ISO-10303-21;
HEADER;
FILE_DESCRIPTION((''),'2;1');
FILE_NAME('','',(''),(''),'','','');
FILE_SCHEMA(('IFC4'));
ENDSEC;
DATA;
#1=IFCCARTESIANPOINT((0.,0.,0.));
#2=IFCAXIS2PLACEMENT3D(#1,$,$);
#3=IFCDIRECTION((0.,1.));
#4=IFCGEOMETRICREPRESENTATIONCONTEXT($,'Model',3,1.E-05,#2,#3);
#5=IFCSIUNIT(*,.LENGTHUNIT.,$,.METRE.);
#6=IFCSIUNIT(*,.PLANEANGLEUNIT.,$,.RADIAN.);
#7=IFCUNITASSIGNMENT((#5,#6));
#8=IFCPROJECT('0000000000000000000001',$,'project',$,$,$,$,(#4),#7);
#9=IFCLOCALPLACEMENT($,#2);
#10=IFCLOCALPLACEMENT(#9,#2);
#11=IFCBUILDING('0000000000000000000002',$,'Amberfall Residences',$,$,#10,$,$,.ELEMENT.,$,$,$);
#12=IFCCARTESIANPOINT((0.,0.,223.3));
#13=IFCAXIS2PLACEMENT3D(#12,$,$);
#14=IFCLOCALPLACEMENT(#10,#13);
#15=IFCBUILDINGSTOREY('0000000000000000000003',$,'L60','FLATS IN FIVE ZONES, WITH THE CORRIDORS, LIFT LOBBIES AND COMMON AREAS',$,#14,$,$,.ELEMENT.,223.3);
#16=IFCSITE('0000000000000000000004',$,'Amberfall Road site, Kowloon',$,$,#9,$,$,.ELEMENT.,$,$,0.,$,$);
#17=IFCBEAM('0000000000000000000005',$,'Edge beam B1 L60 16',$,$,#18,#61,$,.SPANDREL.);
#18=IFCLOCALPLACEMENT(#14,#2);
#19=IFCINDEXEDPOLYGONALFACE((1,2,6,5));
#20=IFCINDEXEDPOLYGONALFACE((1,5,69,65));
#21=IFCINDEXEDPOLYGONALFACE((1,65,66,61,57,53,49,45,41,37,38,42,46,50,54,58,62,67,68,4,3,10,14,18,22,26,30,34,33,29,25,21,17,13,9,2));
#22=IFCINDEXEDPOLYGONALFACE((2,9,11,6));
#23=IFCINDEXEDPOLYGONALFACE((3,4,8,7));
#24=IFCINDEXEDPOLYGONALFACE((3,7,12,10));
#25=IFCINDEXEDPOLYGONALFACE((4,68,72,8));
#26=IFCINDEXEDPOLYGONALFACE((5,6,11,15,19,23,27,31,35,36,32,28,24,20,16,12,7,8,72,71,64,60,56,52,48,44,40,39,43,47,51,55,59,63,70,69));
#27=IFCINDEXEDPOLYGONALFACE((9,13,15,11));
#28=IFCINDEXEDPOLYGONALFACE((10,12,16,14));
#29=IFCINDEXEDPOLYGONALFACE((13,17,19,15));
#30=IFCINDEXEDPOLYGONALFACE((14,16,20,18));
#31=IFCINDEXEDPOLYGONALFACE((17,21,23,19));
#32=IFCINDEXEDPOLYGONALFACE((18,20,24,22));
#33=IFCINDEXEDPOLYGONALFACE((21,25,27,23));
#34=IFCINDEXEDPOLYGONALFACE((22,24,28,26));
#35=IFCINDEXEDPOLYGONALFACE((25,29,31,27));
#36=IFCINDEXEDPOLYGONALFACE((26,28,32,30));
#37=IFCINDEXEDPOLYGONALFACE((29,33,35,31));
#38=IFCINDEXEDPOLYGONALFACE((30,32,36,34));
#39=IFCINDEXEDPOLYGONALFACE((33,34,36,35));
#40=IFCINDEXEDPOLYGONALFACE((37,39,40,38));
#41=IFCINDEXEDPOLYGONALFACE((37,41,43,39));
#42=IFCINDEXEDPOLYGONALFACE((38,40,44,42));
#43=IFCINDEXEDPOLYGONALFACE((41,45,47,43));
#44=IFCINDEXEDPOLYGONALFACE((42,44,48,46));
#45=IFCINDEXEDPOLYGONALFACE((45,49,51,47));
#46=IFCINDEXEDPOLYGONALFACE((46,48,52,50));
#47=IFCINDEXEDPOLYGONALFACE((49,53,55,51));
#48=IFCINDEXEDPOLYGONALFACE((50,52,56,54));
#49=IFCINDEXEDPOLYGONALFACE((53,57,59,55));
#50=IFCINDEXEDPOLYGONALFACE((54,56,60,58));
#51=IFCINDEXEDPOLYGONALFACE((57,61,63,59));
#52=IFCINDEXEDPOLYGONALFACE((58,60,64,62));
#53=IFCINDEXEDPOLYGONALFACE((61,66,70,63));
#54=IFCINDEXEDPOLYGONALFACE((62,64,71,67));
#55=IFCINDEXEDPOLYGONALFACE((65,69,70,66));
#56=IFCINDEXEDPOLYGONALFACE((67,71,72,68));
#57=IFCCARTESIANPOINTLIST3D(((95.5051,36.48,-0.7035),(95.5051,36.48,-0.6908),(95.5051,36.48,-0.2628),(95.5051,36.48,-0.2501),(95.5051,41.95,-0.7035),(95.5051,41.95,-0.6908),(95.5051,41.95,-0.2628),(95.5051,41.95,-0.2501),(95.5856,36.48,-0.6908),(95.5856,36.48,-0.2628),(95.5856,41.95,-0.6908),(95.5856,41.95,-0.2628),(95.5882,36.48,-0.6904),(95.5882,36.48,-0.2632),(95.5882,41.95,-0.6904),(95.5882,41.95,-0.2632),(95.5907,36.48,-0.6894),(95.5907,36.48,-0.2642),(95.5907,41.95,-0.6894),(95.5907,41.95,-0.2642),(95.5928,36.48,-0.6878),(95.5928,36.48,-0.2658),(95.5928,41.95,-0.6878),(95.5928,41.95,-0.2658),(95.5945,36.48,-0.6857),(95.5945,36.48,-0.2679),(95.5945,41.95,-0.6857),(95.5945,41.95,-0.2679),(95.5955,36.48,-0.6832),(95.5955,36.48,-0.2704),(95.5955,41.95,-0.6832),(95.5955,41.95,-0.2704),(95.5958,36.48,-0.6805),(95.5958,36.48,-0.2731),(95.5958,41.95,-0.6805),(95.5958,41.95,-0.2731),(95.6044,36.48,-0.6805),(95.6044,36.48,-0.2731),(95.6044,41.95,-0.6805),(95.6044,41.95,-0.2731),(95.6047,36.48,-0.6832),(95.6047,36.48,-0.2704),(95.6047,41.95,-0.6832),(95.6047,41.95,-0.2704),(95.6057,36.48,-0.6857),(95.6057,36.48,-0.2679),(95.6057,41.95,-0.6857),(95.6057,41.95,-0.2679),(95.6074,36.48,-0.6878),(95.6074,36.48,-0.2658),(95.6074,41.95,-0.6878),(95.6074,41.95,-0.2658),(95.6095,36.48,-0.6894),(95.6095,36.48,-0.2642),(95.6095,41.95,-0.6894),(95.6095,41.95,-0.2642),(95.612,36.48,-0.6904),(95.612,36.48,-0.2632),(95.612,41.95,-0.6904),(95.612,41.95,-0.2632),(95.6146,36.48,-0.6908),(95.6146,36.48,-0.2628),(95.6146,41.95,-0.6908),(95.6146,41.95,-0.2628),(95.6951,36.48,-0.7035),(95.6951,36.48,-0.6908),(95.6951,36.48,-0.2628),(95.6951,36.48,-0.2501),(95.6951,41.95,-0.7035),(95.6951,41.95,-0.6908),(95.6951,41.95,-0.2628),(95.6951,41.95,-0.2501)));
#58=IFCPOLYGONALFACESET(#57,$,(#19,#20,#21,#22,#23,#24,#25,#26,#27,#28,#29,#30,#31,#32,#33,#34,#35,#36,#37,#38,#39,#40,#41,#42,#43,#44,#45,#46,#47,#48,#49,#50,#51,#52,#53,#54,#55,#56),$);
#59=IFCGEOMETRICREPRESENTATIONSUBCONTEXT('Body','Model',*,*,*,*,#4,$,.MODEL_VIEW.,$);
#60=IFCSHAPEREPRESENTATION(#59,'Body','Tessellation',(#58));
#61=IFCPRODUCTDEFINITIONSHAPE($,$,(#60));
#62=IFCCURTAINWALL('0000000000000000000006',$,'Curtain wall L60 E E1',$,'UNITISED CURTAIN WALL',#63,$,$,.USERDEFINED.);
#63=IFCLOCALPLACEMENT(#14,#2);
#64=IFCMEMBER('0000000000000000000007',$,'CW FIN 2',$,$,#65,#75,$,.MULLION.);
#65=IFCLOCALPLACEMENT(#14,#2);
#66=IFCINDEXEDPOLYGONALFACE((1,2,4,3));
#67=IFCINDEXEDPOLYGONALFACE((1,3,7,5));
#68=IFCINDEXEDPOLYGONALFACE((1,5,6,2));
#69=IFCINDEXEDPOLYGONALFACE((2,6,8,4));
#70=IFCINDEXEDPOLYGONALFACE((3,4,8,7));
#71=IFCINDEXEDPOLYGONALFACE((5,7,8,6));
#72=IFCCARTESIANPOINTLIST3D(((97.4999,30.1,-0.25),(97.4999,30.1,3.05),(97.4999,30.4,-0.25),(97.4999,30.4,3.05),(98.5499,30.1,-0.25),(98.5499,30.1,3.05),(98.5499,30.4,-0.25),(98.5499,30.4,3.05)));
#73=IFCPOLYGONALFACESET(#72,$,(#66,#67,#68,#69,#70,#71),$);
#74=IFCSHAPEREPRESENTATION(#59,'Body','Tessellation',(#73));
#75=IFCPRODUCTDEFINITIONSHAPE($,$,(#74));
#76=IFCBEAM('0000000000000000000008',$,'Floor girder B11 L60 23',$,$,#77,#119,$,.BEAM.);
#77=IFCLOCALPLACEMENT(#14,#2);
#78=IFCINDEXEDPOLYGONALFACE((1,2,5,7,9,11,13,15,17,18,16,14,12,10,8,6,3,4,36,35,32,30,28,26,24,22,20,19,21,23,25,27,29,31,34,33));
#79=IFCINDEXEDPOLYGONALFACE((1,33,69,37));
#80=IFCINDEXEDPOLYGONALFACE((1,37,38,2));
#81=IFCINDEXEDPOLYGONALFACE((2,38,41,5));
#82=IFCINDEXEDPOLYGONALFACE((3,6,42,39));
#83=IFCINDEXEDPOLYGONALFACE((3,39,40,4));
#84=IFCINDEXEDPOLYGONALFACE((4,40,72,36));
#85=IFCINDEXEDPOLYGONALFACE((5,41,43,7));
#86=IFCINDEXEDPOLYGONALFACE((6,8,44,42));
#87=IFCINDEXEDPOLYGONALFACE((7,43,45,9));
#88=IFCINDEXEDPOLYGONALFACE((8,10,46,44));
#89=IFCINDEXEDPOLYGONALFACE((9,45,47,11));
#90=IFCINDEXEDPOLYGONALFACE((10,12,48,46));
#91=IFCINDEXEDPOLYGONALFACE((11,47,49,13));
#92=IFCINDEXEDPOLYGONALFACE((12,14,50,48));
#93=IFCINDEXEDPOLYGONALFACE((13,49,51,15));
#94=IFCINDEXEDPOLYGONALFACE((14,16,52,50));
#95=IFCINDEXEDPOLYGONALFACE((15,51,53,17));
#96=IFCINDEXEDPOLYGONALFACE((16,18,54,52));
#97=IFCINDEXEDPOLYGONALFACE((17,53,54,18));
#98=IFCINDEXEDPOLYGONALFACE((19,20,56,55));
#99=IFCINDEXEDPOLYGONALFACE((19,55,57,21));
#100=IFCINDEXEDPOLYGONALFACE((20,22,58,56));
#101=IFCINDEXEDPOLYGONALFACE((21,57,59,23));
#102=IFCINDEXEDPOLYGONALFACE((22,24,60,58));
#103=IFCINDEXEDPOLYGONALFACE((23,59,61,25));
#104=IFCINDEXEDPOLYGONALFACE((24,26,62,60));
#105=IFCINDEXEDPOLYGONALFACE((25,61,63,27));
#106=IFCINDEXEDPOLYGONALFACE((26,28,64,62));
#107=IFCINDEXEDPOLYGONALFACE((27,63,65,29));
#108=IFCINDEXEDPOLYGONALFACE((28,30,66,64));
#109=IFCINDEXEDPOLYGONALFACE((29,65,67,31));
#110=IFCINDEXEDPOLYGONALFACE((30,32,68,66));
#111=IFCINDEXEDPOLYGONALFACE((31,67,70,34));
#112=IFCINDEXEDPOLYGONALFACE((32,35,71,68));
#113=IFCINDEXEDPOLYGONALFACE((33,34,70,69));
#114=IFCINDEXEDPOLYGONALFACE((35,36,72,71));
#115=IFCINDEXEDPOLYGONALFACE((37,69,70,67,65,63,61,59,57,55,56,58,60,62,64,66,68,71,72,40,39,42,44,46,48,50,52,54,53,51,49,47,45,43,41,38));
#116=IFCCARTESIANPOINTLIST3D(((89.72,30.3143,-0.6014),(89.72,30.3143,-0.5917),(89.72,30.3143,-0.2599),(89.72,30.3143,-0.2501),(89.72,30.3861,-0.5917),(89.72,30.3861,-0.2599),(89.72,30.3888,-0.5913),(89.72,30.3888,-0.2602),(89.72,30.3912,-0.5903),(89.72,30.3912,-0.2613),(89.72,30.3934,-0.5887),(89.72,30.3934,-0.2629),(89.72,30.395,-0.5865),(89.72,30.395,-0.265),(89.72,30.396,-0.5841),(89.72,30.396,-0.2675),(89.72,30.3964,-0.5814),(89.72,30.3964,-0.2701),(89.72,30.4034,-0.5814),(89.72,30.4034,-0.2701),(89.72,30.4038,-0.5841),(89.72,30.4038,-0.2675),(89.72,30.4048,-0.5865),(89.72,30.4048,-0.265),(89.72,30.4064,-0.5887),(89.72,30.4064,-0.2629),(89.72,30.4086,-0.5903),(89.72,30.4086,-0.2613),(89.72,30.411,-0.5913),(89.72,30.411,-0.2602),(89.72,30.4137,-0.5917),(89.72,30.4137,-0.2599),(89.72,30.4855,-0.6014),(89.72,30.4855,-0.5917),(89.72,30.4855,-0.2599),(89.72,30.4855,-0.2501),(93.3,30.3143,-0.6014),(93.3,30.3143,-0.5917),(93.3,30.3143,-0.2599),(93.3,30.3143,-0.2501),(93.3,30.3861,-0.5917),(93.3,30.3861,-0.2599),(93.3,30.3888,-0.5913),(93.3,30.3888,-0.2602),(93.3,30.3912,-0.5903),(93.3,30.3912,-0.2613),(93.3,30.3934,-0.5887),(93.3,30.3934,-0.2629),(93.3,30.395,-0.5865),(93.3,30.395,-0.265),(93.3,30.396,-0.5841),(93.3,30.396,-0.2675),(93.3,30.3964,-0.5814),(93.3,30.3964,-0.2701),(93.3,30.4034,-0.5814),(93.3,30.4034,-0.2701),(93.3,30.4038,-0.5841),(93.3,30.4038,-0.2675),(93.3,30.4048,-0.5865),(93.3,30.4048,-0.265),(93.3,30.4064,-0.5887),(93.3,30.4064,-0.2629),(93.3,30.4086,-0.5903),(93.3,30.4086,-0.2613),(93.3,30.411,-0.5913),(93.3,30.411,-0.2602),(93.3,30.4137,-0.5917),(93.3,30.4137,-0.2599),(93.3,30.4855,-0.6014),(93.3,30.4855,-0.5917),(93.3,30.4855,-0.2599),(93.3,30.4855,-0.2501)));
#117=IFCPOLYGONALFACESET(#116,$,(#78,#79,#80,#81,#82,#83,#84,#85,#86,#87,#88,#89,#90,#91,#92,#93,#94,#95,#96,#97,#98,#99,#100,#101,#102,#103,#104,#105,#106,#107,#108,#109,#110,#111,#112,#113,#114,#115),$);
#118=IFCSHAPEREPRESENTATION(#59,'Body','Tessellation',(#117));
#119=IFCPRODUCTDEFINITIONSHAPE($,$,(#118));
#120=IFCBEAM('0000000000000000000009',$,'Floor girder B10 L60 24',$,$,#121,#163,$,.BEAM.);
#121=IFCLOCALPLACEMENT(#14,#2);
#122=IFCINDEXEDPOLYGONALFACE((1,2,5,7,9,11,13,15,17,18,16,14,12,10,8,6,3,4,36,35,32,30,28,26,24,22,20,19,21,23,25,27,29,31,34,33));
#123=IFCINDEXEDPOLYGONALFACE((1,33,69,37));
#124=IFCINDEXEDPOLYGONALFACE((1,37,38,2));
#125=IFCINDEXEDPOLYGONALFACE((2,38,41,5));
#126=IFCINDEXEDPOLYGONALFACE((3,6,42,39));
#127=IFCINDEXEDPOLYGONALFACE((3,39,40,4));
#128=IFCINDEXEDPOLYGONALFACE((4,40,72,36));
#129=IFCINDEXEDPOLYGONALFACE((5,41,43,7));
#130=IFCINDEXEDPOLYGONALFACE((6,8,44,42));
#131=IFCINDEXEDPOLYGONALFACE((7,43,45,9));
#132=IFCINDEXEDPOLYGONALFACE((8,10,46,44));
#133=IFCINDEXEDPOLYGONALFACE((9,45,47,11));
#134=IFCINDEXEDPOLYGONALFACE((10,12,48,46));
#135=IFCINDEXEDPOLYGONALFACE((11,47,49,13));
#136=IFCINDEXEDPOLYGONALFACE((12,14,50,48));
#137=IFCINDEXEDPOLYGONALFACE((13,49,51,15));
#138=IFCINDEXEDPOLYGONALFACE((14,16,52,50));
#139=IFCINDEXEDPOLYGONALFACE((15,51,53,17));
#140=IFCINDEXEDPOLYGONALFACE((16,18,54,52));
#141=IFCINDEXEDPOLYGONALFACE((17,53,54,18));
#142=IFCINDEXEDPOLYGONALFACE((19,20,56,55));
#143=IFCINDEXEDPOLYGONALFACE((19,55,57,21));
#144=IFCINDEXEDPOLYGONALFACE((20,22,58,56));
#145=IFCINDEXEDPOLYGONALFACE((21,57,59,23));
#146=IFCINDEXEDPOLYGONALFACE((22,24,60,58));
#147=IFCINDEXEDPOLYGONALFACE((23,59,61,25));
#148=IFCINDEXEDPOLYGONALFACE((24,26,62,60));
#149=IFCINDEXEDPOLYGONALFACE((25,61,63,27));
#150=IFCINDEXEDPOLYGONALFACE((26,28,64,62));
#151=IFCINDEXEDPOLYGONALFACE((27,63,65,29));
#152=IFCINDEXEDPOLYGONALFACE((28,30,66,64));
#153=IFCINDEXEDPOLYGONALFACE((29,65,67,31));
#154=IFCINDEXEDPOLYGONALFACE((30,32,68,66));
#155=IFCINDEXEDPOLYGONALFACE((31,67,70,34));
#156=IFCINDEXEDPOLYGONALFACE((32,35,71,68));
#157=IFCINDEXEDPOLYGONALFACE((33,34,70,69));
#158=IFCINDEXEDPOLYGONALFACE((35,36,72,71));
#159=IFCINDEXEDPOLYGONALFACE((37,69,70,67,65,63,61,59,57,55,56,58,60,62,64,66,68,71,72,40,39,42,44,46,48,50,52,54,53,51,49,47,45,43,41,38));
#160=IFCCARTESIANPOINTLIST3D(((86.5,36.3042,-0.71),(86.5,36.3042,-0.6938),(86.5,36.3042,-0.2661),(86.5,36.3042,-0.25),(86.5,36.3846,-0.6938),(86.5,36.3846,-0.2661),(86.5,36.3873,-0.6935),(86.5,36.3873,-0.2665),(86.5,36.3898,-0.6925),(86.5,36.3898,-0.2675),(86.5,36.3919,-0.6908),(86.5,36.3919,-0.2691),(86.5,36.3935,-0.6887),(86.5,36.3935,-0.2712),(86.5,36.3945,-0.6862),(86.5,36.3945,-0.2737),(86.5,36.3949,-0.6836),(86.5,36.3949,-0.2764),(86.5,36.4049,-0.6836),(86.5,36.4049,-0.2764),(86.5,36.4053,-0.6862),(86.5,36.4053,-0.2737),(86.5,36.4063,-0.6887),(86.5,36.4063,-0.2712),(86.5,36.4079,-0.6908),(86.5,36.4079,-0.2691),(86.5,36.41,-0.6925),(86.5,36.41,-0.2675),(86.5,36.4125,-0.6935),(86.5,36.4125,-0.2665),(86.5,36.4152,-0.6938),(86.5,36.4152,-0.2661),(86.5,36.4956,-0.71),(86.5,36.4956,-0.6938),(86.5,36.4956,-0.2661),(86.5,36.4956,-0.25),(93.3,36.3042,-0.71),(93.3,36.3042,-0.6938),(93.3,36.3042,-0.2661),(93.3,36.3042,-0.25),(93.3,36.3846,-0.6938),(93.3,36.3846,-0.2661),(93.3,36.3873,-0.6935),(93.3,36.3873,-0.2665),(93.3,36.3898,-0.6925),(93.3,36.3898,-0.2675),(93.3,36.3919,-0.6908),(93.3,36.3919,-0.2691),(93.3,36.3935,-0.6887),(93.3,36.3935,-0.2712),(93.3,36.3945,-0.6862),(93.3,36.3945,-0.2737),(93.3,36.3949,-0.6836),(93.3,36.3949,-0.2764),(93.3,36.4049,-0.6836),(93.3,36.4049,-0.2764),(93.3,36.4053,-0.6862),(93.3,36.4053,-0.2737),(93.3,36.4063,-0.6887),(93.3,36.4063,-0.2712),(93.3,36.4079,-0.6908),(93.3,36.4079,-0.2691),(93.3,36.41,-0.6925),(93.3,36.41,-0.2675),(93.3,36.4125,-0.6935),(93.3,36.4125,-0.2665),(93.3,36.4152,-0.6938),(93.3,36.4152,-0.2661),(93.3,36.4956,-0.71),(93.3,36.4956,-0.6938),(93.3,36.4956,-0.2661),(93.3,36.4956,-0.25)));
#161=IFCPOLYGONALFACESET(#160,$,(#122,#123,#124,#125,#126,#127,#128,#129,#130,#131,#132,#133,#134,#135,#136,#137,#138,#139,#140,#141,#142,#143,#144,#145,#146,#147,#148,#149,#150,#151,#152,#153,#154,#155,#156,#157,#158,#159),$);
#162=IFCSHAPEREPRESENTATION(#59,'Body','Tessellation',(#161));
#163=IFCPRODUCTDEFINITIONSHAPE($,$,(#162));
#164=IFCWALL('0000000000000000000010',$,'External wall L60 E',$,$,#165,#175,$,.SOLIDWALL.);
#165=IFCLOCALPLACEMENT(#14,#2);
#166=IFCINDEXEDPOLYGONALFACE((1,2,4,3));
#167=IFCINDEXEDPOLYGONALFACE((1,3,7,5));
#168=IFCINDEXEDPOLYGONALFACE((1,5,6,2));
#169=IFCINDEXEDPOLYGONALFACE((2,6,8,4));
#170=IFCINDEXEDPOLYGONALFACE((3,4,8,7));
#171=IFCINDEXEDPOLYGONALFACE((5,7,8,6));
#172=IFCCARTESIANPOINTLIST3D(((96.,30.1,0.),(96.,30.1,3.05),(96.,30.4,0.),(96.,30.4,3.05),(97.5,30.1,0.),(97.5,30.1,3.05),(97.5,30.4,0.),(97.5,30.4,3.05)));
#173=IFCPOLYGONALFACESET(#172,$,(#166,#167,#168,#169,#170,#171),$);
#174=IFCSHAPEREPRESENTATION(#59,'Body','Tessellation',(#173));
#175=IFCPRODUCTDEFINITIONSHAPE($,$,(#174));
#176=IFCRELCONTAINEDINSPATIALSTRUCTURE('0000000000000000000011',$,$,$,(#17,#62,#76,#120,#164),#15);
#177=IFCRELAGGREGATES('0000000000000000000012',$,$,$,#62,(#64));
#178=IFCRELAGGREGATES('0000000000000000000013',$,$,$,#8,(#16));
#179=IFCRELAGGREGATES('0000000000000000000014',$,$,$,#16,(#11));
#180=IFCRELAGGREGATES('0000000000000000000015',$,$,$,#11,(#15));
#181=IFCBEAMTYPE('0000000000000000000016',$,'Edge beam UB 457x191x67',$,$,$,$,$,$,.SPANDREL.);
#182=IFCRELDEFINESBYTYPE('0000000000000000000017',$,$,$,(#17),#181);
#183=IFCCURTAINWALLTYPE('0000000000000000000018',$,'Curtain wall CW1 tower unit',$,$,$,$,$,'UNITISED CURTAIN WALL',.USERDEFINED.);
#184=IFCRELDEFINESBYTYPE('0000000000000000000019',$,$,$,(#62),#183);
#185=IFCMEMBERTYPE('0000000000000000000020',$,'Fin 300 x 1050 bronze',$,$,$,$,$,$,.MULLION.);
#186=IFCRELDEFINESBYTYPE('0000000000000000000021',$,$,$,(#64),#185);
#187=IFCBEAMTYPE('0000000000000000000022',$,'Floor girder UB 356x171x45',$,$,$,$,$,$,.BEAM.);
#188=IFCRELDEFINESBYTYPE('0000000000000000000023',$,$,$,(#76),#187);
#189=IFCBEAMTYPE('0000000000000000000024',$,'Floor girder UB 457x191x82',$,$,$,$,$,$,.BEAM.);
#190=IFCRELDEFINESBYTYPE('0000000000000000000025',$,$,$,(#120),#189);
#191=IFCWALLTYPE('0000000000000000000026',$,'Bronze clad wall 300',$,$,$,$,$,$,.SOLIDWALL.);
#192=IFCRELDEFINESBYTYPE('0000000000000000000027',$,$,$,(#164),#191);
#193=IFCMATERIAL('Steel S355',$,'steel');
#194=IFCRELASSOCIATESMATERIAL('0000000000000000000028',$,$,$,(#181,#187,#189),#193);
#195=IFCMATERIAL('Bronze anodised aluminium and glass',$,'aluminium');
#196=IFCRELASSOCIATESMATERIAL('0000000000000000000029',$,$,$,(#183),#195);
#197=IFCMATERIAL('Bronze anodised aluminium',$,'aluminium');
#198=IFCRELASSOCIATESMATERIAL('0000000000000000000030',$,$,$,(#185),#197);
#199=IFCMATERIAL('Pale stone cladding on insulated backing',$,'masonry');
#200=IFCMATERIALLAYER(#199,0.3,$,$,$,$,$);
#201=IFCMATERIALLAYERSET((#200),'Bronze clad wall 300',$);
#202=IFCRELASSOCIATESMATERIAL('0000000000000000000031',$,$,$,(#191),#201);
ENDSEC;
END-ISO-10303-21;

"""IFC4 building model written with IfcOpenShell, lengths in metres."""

from ifc_helpers import new_model, si_unit, direction, frame, frame_2d, origin, origin_2d, place, context, subcontext, project, spatial, rectangle, i_section, extrude, material, layer, layer_set, material_profile, profile_set, type_object, element, aggregate, save


model = new_model("IFC4")

# Units and contexts
model_context = context("Model", 3, precision=1e-05, world=origin(), true_north=direction((0.0, 1.0)))
body_context = subcontext(model_context, "Body", "Model", "MODEL_VIEW")
ifc_project = project(units=[si_unit("LENGTHUNIT", "METRE"), si_unit("PLANEANGLEUNIT", "RADIAN")], contexts=[model_context])

# Site, building, storey
site_placement = place(None, origin())
site = spatial("IfcSite", under=ifc_project, at=site_placement, Name="Amberfall Road site, Kowloon", CompositionType="ELEMENT", RefElevation=0.0)
building_placement = place(site_placement, origin())
building = spatial("IfcBuilding", under=site, at=building_placement, Name="Amberfall Residences", CompositionType="ELEMENT")
storey_placement = place(building_placement, frame((0.0, 0.0, 223.3)))
storey = spatial("IfcBuildingStorey", under=building, at=storey_placement, Name="L60", Description="FLATS IN FIVE ZONES, WITH THE CORRIDORS, LIFT LOBBIES AND COMMON AREAS", CompositionType="ELEMENT", Elevation=223.3)

# Beam
ifc_material_1 = material(Name="Steel S355", Category="steel")
ifc_material_profile_1 = material_profile(ifc_material_1, i_section(OverallWidth=0.1899, OverallDepth=0.4534, WebThickness=0.0085, FlangeThickness=0.0127, FilletRadius=0.0103, at=origin_2d()), Name="UB 457x191x67")
ifc_profile_set_1 = profile_set([ifc_material_profile_1], Name="Steel S355")
beam_type_1 = type_object("IfcBeamType", Name="Edge beam UB 457x191x67", PredefinedType="SPANDREL", material=ifc_profile_set_1)
beam_1_placement = place(storey_placement, frame((95.6001, 36.48, -0.4768), z_axis=(0.0, 1.0, 0.0), x_axis=(-1.0, 0.0, 0.0)))
element("IfcBeam", 1, at=beam_1_placement, inside=storey, type_object=beam_type_1, Name="Edge beam B1 L60 16", PredefinedType="SPANDREL", context=body_context, shape_type="SweptSolid", body=[
    extrude(i_section(OverallWidth=0.1899, OverallDepth=0.4534, WebThickness=0.0085, FlangeThickness=0.0127, FilletRadius=0.0103, at=origin_2d()), origin(), (0.0, 0.0, 1.0), 5.47),
])

# Curtain wall, member
ifc_material_2 = material(Name="Bronze anodised aluminium and glass", Category="aluminium")
curtain_wall_type = type_object("IfcCurtainWallType", Name="Curtain wall CW1 tower unit", ElementType="UNITISED CURTAIN WALL", PredefinedType="USERDEFINED", material=ifc_material_2)
curtain_wall_placement = place(storey_placement, origin())
curtain_wall = element("IfcCurtainWall", 2, at=curtain_wall_placement, inside=storey, type_object=curtain_wall_type, Name="Curtain wall L60 E E1", ObjectType="UNITISED CURTAIN WALL", PredefinedType="USERDEFINED")
ifc_material_3 = material(Name="Bronze anodised aluminium", Category="aluminium")
ifc_material_profile_2 = material_profile(ifc_material_3, rectangle(XDim=1.05, YDim=0.3, at=origin_2d()), Name="Fin 300 x 1050 bronze")
ifc_profile_set_2 = profile_set([ifc_material_profile_2], Name="Bronze anodised aluminium")
member_type = type_object("IfcMemberType", Name="Fin 300 x 1050 bronze", PredefinedType="MULLION", material=ifc_profile_set_2)
member_placement = place(storey_placement, frame((98.0249, 30.25, -0.25), z_axis=(0.0, 0.0, 1.0), x_axis=(-1.0, 0.0, 0.0)))
member = element("IfcMember", 3, at=member_placement, type_object=member_type, Name="CW FIN 2", PredefinedType="MULLION", context=body_context, shape_type="SweptSolid", body=[
    extrude(rectangle(XDim=1.05, YDim=0.3, at=origin_2d()), origin(), (0.0, 0.0, 1.0), 3.3),
])
aggregate(curtain_wall, [member])

# Beams
ifc_material_profile_3 = material_profile(ifc_material_1, i_section(OverallWidth=0.1711, OverallDepth=0.3513, WebThickness=0.0071, FlangeThickness=0.0098, FilletRadius=0.0103, at=origin_2d()), Name="UB 356x171x45")
ifc_profile_set_3 = profile_set([ifc_material_profile_3], Name="Steel S355")
beam_type_2 = type_object("IfcBeamType", Name="Floor girder UB 356x171x45", PredefinedType="BEAM", material=ifc_profile_set_3)
beam_2_placement = place(storey_placement, frame((93.3, 30.3999, -0.4258), z_axis=(-1.0, 0.0, 0.0), x_axis=(0.0, -1.0, 0.0)))
element("IfcBeam", 4, at=beam_2_placement, inside=storey, type_object=beam_type_2, Name="Floor girder B11 L60 23", PredefinedType="BEAM", context=body_context, shape_type="SweptSolid", body=[
    extrude(i_section(OverallWidth=0.1711, OverallDepth=0.3513, WebThickness=0.0071, FlangeThickness=0.0098, FilletRadius=0.0103, at=origin_2d()), origin(), (0.0, 0.0, 1.0), 3.5801),
])
ifc_material_profile_4 = material_profile(ifc_material_1, i_section(OverallWidth=0.1914, OverallDepth=0.46, WebThickness=0.01, FlangeThickness=0.0161, FilletRadius=0.0103, at=origin_2d()), Name="UB 457x191x82")
ifc_profile_set_4 = profile_set([ifc_material_profile_4], Name="Steel S355")
beam_type_3 = type_object("IfcBeamType", Name="Floor girder UB 457x191x82", PredefinedType="BEAM", material=ifc_profile_set_4)
beam_3_placement = place(storey_placement, frame((93.3, 36.3999, -0.48), z_axis=(-1.0, 0.0, 0.0), x_axis=(0.0, -1.0, 0.0)))
element("IfcBeam", 5, at=beam_3_placement, inside=storey, type_object=beam_type_3, Name="Floor girder B10 L60 24", PredefinedType="BEAM", context=body_context, shape_type="SweptSolid", body=[
    extrude(i_section(OverallWidth=0.1914, OverallDepth=0.46, WebThickness=0.01, FlangeThickness=0.0161, FilletRadius=0.0103, at=origin_2d()), origin(), (0.0, 0.0, 1.0), 6.8),
])

# Wall
ifc_material_4 = material(Name="Pale stone cladding on insulated backing", Category="masonry")
ifc_layer_1 = layer(ifc_material_4, 0.3)
ifc_layer_set_1 = layer_set([ifc_layer_1], Name="Bronze clad wall 300")
wall_type_1 = type_object("IfcWallType", Name="Bronze clad wall 300", PredefinedType="SOLIDWALL", material=ifc_layer_set_1)
wall_1_placement = place(storey_placement, frame((97.5, 30.25, 0.0), z_axis=(0.0, 0.0, 1.0), x_axis=(-1.0, 0.0, 0.0)))
element("IfcWall", 6, at=wall_1_placement, inside=storey, type_object=wall_type_1, Name="External wall L60 E", PredefinedType="SOLIDWALL", context=body_context, shape_type="SweptSolid", body=[
    extrude(rectangle(XDim=1.5, YDim=0.3, at=frame_2d((0.75, 0.0))), origin(), (0.0, 0.0, 1.0), 3.05),
])

save(model, "model.ifc")
